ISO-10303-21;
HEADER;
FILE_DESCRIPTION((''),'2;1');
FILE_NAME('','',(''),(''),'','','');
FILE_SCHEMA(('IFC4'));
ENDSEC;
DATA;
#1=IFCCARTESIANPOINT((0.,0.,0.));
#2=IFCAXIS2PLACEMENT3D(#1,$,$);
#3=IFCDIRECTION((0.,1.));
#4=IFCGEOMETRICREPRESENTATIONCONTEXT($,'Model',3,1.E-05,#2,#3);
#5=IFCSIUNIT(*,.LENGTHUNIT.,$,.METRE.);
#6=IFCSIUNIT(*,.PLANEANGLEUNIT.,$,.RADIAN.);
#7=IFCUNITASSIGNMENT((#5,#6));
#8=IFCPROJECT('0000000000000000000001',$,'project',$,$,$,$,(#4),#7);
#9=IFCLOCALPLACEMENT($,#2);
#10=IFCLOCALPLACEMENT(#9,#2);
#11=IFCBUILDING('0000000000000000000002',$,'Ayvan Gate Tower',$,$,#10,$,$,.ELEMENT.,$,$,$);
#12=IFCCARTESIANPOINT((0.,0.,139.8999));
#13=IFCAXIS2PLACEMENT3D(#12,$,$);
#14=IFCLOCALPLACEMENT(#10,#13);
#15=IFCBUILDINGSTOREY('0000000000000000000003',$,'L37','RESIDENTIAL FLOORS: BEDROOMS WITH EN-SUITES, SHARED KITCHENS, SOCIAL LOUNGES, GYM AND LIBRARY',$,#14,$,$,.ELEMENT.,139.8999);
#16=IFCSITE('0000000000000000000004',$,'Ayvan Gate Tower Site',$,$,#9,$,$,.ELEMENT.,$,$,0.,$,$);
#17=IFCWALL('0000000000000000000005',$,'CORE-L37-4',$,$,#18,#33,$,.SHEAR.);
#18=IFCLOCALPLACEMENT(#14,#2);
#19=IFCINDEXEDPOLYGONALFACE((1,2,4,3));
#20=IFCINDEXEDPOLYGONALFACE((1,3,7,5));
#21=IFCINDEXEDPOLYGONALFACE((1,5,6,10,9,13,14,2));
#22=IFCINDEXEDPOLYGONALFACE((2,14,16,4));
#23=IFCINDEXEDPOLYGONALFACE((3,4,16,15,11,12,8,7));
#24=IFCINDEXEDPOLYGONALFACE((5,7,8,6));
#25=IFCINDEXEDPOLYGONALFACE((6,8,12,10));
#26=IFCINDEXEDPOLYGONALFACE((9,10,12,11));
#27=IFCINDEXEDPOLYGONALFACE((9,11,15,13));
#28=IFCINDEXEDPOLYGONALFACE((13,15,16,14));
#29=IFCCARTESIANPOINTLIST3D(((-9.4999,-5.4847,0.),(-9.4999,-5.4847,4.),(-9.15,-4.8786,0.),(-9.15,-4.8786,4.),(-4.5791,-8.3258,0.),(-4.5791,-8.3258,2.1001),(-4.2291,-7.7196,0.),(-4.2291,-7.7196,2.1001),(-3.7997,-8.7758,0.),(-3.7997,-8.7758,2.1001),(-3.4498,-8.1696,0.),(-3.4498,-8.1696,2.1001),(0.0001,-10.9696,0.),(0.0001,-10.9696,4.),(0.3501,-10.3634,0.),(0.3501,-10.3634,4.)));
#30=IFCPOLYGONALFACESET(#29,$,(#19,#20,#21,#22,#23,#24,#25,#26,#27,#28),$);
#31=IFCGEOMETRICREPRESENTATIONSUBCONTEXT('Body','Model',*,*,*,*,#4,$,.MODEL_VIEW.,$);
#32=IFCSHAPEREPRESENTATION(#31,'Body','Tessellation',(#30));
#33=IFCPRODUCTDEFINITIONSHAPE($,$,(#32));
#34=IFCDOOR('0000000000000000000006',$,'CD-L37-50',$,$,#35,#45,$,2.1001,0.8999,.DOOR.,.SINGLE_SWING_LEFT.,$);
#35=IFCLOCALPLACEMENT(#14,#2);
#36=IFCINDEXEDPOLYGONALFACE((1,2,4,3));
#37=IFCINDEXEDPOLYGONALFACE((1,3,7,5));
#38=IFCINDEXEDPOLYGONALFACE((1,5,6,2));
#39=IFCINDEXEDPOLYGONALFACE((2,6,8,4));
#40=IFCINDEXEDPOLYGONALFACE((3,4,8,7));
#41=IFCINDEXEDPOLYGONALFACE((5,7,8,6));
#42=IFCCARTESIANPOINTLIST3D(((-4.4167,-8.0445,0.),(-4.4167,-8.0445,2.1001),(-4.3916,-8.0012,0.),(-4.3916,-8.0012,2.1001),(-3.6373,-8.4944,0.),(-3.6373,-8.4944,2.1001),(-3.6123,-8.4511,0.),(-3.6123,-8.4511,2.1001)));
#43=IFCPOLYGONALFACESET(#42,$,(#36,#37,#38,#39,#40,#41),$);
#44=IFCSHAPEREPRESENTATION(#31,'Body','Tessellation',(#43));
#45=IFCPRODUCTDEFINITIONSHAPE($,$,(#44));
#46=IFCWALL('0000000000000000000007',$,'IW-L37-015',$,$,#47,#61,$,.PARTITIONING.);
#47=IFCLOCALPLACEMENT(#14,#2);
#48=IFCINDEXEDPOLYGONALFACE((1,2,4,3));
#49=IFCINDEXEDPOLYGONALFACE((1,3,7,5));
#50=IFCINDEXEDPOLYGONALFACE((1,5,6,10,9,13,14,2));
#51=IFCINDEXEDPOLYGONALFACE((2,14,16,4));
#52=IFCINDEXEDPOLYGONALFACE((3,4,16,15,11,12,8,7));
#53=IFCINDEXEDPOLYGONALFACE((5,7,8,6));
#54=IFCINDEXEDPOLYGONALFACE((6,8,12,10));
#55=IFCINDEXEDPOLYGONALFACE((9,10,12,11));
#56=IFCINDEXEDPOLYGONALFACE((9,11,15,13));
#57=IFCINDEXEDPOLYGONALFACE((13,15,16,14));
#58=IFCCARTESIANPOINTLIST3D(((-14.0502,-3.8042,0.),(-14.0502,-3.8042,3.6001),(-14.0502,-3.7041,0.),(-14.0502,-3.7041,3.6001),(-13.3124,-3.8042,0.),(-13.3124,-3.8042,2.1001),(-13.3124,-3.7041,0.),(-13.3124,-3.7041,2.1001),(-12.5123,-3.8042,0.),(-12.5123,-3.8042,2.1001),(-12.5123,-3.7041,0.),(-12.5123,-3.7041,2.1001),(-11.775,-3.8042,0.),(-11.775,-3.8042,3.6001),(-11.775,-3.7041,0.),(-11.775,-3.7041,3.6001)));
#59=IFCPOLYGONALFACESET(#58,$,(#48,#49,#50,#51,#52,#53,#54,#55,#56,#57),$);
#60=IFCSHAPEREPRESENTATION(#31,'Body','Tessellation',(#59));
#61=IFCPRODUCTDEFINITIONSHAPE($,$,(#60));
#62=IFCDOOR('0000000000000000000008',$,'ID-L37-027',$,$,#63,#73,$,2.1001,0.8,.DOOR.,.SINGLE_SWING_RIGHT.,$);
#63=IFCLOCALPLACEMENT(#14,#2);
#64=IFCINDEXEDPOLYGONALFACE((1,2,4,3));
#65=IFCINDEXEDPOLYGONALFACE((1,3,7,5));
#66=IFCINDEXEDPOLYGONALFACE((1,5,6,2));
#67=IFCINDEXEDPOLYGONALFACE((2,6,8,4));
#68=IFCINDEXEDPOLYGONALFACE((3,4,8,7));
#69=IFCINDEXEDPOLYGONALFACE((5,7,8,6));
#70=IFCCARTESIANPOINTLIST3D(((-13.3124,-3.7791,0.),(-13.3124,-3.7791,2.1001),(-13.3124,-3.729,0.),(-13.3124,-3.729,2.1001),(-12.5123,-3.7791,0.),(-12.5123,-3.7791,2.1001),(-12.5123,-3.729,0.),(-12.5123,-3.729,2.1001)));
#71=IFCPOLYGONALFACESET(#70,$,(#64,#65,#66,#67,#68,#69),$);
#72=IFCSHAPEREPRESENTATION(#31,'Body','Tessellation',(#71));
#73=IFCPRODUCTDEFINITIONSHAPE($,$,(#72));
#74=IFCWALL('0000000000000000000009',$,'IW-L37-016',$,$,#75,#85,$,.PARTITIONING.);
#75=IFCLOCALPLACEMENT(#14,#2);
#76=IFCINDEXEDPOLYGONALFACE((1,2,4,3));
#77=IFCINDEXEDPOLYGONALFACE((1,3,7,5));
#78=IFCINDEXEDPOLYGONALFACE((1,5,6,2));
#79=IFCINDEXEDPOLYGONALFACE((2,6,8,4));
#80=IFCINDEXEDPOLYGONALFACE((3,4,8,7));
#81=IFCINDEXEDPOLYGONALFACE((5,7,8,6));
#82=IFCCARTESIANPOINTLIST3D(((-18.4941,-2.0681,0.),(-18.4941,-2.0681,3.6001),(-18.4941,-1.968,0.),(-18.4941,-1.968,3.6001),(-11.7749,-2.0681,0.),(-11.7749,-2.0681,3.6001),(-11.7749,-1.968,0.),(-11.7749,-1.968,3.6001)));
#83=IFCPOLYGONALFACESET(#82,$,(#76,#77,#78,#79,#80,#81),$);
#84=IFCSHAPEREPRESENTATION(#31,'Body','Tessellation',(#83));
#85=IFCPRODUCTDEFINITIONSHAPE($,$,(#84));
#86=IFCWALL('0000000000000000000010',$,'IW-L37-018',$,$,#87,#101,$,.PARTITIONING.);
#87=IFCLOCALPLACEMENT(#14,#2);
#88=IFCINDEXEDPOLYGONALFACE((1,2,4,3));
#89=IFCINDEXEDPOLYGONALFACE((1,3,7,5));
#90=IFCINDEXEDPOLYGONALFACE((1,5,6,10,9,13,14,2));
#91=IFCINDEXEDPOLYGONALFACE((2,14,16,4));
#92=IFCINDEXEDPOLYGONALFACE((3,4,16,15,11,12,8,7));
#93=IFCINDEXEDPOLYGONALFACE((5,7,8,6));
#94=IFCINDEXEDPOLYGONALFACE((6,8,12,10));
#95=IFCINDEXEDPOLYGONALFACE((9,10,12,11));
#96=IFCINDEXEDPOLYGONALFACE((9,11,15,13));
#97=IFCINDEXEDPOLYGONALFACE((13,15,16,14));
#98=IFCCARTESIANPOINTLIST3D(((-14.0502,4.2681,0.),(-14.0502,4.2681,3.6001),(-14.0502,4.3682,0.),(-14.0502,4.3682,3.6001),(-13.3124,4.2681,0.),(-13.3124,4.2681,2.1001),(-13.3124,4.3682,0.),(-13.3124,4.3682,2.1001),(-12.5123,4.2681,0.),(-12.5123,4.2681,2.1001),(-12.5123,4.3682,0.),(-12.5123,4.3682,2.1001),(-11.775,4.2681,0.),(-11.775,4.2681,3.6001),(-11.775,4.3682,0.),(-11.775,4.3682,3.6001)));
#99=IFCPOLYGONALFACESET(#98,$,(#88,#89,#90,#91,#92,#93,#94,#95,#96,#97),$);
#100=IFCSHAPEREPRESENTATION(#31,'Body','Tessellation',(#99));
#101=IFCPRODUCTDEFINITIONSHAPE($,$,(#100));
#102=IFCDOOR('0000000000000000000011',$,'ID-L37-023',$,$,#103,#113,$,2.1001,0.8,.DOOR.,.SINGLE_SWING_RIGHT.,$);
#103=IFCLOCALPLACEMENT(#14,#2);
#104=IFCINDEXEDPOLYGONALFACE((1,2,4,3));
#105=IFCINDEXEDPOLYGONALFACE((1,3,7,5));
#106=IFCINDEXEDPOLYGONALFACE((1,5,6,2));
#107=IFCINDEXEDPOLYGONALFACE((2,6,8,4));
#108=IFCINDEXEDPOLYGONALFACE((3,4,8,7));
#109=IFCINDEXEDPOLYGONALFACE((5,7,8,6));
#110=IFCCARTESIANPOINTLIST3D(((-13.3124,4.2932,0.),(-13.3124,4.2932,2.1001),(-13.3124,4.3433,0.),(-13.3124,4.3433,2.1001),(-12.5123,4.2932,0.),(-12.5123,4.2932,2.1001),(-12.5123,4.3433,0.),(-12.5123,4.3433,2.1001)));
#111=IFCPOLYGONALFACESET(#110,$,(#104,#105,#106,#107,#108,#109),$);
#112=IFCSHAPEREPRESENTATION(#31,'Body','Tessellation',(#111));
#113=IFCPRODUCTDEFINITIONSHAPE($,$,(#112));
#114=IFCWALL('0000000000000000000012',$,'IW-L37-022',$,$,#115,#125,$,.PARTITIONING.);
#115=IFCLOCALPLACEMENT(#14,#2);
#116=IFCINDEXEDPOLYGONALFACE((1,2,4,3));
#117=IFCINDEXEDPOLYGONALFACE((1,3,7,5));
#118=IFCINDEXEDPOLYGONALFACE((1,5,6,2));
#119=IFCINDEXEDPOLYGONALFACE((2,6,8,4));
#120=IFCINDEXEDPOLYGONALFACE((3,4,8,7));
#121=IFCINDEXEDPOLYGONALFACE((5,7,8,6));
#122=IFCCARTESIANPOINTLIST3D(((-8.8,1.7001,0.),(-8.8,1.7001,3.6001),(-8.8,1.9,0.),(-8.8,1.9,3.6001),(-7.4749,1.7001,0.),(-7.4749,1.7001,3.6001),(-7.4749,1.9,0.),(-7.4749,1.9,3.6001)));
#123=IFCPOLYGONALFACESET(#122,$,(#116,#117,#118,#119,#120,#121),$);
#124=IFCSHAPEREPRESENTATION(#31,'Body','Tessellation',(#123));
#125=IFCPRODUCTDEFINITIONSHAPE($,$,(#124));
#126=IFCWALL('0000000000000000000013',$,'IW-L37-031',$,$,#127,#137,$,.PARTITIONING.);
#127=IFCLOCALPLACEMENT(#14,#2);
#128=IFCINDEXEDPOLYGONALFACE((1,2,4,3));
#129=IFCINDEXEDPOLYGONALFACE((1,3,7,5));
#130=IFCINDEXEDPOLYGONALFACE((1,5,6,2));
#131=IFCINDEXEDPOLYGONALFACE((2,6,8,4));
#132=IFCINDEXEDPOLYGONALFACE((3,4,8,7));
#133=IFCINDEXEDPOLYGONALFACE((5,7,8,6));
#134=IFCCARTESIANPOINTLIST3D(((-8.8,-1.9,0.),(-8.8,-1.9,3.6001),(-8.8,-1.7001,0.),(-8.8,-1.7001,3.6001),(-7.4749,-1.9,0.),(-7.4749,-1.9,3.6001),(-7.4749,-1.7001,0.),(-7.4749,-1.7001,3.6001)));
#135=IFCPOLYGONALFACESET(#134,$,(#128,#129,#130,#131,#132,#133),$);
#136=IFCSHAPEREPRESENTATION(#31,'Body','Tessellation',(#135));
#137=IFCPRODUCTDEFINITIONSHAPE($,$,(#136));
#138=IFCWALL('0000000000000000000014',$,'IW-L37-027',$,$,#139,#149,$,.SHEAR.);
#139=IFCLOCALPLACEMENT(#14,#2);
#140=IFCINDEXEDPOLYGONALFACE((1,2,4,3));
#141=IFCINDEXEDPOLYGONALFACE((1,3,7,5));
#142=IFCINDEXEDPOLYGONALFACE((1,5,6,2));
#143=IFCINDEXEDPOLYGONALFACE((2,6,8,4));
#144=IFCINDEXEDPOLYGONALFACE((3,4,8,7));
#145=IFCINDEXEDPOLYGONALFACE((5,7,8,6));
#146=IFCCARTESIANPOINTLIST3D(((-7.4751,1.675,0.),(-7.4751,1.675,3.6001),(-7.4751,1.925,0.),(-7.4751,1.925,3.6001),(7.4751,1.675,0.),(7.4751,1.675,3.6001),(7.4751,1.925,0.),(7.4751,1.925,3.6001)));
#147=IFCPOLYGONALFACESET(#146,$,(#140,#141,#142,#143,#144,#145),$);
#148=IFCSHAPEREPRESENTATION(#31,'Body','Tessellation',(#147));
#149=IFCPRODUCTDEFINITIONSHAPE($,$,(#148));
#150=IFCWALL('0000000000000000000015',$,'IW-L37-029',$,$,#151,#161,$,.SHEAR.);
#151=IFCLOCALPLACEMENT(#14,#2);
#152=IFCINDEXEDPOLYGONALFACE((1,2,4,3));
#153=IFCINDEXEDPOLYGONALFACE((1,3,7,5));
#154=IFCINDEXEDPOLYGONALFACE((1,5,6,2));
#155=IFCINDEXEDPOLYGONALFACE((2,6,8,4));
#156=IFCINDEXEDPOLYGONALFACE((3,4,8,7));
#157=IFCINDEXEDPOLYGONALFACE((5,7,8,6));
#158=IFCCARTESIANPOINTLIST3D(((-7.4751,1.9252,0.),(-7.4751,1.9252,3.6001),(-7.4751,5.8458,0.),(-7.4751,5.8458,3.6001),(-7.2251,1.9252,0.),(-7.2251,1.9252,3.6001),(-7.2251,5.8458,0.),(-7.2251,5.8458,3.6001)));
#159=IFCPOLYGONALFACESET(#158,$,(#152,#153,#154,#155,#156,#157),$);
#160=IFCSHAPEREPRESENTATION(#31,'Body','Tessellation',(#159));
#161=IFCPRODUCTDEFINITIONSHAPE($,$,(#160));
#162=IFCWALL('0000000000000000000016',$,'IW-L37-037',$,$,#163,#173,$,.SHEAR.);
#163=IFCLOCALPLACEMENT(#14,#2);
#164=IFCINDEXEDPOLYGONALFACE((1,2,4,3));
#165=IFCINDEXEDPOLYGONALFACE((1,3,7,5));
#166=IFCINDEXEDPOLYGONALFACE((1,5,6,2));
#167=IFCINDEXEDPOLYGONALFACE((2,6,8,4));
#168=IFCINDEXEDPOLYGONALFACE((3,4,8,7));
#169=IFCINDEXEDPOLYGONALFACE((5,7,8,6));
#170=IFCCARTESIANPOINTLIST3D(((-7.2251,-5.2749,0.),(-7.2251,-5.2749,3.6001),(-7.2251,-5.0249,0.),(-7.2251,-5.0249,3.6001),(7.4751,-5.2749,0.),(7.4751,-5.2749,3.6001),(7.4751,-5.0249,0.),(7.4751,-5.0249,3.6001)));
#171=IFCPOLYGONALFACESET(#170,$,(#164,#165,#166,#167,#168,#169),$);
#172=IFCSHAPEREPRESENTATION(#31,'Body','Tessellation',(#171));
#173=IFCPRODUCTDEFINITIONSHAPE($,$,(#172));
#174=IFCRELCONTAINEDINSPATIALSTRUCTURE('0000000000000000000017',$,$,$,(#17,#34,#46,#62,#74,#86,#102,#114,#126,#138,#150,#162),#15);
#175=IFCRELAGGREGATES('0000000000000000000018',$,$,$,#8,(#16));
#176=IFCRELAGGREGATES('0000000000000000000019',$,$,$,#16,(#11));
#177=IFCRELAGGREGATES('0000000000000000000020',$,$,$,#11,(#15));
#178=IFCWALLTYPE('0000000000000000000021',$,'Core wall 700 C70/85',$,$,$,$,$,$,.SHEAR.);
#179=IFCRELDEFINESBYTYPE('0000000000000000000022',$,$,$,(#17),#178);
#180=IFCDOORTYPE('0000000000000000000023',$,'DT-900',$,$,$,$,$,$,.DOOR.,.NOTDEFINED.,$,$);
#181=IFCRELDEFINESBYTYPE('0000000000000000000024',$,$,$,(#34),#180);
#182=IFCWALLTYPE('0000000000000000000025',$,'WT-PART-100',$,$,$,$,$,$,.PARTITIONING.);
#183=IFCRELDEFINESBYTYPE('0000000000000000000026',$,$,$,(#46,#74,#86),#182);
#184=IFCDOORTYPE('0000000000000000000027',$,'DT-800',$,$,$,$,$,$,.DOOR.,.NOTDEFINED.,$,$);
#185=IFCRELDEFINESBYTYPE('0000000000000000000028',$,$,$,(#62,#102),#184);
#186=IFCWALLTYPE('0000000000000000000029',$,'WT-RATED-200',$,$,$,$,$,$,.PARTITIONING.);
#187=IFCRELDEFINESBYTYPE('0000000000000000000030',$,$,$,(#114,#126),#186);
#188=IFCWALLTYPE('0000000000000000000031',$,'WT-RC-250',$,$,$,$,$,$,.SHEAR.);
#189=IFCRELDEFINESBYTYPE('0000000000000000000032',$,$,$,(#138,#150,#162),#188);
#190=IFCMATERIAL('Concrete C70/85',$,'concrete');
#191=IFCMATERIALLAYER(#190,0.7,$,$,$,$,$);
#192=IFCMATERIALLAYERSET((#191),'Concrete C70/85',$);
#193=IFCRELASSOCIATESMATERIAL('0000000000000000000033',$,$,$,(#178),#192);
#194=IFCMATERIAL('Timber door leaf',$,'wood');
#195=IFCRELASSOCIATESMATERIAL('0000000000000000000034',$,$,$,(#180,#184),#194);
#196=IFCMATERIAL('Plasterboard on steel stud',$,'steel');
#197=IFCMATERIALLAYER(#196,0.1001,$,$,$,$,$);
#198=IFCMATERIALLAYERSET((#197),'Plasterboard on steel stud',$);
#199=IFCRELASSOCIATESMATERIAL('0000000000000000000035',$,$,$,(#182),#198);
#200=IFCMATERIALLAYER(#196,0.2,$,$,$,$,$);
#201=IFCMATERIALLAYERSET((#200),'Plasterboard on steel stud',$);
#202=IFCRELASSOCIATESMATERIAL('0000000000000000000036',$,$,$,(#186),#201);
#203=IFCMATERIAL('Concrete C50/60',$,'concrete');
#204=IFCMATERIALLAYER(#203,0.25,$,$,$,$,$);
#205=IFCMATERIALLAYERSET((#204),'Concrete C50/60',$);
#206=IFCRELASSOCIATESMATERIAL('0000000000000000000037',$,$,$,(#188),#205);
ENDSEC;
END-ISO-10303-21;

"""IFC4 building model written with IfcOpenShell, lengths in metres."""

from ifc_helpers import new_model, si_unit, direction, frame, frame_2d, origin, place, context, subcontext, project, spatial, rectangle, extrude, material, layer, layer_set, type_object, element, fill, save


model = new_model("IFC4")

# Units and contexts
model_context = context("Model", 3, precision=1e-05, world=origin(), true_north=direction((0.0, 1.0)))
body_context = subcontext(model_context, "Body", "Model", "MODEL_VIEW")
ifc_project = project(units=[si_unit("LENGTHUNIT", "METRE"), si_unit("PLANEANGLEUNIT", "RADIAN")], contexts=[model_context])

# Site, building, storey
site_placement = place(None, origin())
site = spatial("IfcSite", under=ifc_project, at=site_placement, Name="Ayvan Gate Tower Site", CompositionType="ELEMENT", RefElevation=0.0)
building_placement = place(site_placement, origin())
building = spatial("IfcBuilding", under=site, at=building_placement, Name="Ayvan Gate Tower", CompositionType="ELEMENT")
storey_placement = place(building_placement, frame((0.0, 0.0, 139.8999)))
storey = spatial("IfcBuildingStorey", under=building, at=storey_placement, Name="L37", Description="RESIDENTIAL FLOORS: BEDROOMS WITH EN-SUITES, SHARED KITCHENS, SOCIAL LOUNGES, GYM AND LIBRARY", CompositionType="ELEMENT", Elevation=139.8999)

# Walls, openings, doors
ifc_material_1 = material(Name="Concrete C70/85", Category="concrete")
ifc_layer_1 = layer(ifc_material_1, 0.7)
ifc_layer_set_1 = layer_set([ifc_layer_1], Name="Concrete C70/85")
wall_type_1 = type_object("IfcWallType", Name="Core wall 700 C70/85", PredefinedType="SHEAR", material=ifc_layer_set_1)
wall_1_placement = place(storey_placement, frame((-9.325, -5.1816, 0.0), z_axis=(0.0, 0.0, 1.0), x_axis=(0.866024, -0.500002, 0.0)))
wall_1 = element("IfcWall", 1, at=wall_1_placement, inside=storey, type_object=wall_type_1, Name="CORE-L37-4", PredefinedType="SHEAR", context=body_context, shape_type="SweptSolid", body=[
    extrude(rectangle(XDim=10.9697, YDim=0.7, at=frame_2d((5.4849, 0.0))), origin(), (0.0, 0.0, 1.0), 4.0),
])
opening_1_placement = place(wall_1_placement, frame((5.6821, 0.0, 0.0)))
opening_1 = element("IfcOpeningElement", 2, at=opening_1_placement, cuts=wall_1, PredefinedType="OPENING", context=body_context, shape_type="SweptSolid", body=[
    extrude(rectangle(XDim=0.8999, YDim=2.1001, at=frame_2d((0.45, 1.05))), frame((0.0, 0.3599, 0.0), z_axis=(0.0, -1.0, 0.0), x_axis=(1.0, 0.0, 0.0)), (0.0, 0.0, 1.0), 0.72),
])
ifc_material_2 = material(Name="Timber door leaf", Category="wood")
door_type_1 = type_object("IfcDoorType", Name="DT-900", OperationType="NOTDEFINED", PredefinedType="DOOR", material=ifc_material_2)
door_1_placement = place(opening_1_placement, origin())
door_1 = element("IfcDoor", 3, at=door_1_placement, inside=storey, type_object=door_type_1, Name="CD-L37-50", OperationType="SINGLE_SWING_LEFT", OverallHeight=2.1001, OverallWidth=0.8999, PredefinedType="DOOR", context=body_context, shape_type="SweptSolid", body=[
    extrude(rectangle(XDim=0.8999, YDim=2.1001, at=frame_2d((0.45, 1.05))), frame((0.0, 0.0249, 0.0), z_axis=(0.0, -1.0, 0.0), x_axis=(1.0, 0.0, 0.0)), (0.0, 0.0, 1.0), 0.05),
])
fill(opening_1, door_1)
ifc_material_3 = material(Name="Plasterboard on steel stud", Category="steel")
ifc_layer_2 = layer(ifc_material_3, 0.1001)
ifc_layer_set_2 = layer_set([ifc_layer_2], Name="Plasterboard on steel stud")
wall_type_2 = type_object("IfcWallType", Name="WT-PART-100", PredefinedType="PARTITIONING", material=ifc_layer_set_2)
wall_2_placement = place(storey_placement, frame((-11.7749, -3.7542, 0.0), z_axis=(0.0, 0.0, 1.0), x_axis=(-1.0, 0.0, 0.0)))
wall_2 = element("IfcWall", 4, at=wall_2_placement, inside=storey, type_object=wall_type_2, Name="IW-L37-015", PredefinedType="PARTITIONING", context=body_context, shape_type="SweptSolid", body=[
    extrude(rectangle(XDim=2.2751, YDim=0.1001, at=frame_2d((1.1377, 0.0))), origin(), (0.0, 0.0, 1.0), 3.6001),
])
opening_2_placement = place(wall_2_placement, frame((0.7375, 0.0, 0.0)))
opening_2 = element("IfcOpeningElement", 5, at=opening_2_placement, cuts=wall_2, PredefinedType="OPENING", context=body_context, shape_type="SweptSolid", body=[
    extrude(rectangle(XDim=0.8, YDim=2.1001, at=frame_2d((0.3999, 1.05))), frame((0.0, 0.0601, 0.0), z_axis=(0.0, -1.0, 0.0), x_axis=(1.0, 0.0, 0.0)), (0.0, 0.0, 1.0), 0.1201),
])
door_type_2 = type_object("IfcDoorType", Name="DT-800", OperationType="NOTDEFINED", PredefinedType="DOOR", material=ifc_material_2)
door_2_placement = place(opening_2_placement, origin())
door_2 = element("IfcDoor", 6, at=door_2_placement, inside=storey, type_object=door_type_2, Name="ID-L37-027", OperationType="SINGLE_SWING_RIGHT", OverallHeight=2.1001, OverallWidth=0.8, PredefinedType="DOOR", context=body_context, shape_type="SweptSolid", body=[
    extrude(rectangle(XDim=0.8, YDim=2.1001, at=frame_2d((0.3999, 1.05))), frame((0.0, 0.0249, 0.0), z_axis=(0.0, -1.0, 0.0), x_axis=(1.0, 0.0, 0.0)), (0.0, 0.0, 1.0), 0.05),
])
fill(opening_2, door_2)

# Wall
wall_3_placement = place(storey_placement, frame((-11.7749, -2.0181, 0.0), z_axis=(0.0, 0.0, 1.0), x_axis=(-1.0, 0.0, 0.0)))
element("IfcWall", 7, at=wall_3_placement, inside=storey, type_object=wall_type_2, Name="IW-L37-016", PredefinedType="PARTITIONING", context=body_context, shape_type="SweptSolid", body=[
    extrude(rectangle(XDim=6.7192, YDim=0.1001, at=frame_2d((3.3596, 0.0))), origin(), (0.0, 0.0, 1.0), 3.6001),
])

# Wall, opening, door
wall_4_placement = place(storey_placement, frame((-11.7749, 4.3181, 0.0), z_axis=(0.0, 0.0, 1.0), x_axis=(-1.0, 0.0, 0.0)))
wall_4 = element("IfcWall", 8, at=wall_4_placement, inside=storey, type_object=wall_type_2, Name="IW-L37-018", PredefinedType="PARTITIONING", context=body_context, shape_type="SweptSolid", body=[
    extrude(rectangle(XDim=2.2751, YDim=0.1001, at=frame_2d((1.1377, 0.0))), origin(), (0.0, 0.0, 1.0), 3.6001),
])
opening_3_placement = place(wall_4_placement, frame((0.7375, 0.0, 0.0)))
opening_3 = element("IfcOpeningElement", 9, at=opening_3_placement, cuts=wall_4, PredefinedType="OPENING", context=body_context, shape_type="SweptSolid", body=[
    extrude(rectangle(XDim=0.8, YDim=2.1001, at=frame_2d((0.3999, 1.05))), frame((0.0, 0.0601, 0.0), z_axis=(0.0, -1.0, 0.0), x_axis=(1.0, 0.0, 0.0)), (0.0, 0.0, 1.0), 0.1201),
])
door_3_placement = place(opening_3_placement, origin())
door_3 = element("IfcDoor", 10, at=door_3_placement, inside=storey, type_object=door_type_2, Name="ID-L37-023", OperationType="SINGLE_SWING_RIGHT", OverallHeight=2.1001, OverallWidth=0.8, PredefinedType="DOOR", context=body_context, shape_type="SweptSolid", body=[
    extrude(rectangle(XDim=0.8, YDim=2.1001, at=frame_2d((0.3999, 1.05))), frame((0.0, 0.0249, 0.0), z_axis=(0.0, -1.0, 0.0), x_axis=(1.0, 0.0, 0.0)), (0.0, 0.0, 1.0), 0.05),
])
fill(opening_3, door_3)

# Walls
ifc_layer_3 = layer(ifc_material_3, 0.2)
ifc_layer_set_3 = layer_set([ifc_layer_3], Name="Plasterboard on steel stud")
wall_type_3 = type_object("IfcWallType", Name="WT-RATED-200", PredefinedType="PARTITIONING", material=ifc_layer_set_3)
for number, where, z_axis, x_axis, name in (
    (11, (-8.8, 1.8, 0.0), (0.0, 0.0, 1.0), (1.0, 0.0, 0.0), "IW-L37-022"),
    (12, (-7.4749, -1.8, 0.0), (0.0, 0.0, 1.0), (-1.0, 0.0, 0.0), "IW-L37-031"),
):
    element("IfcWall", number, at=place(storey_placement, frame(where, z_axis=z_axis, x_axis=x_axis)), inside=storey, type_object=wall_type_3, Name=name, PredefinedType="PARTITIONING", context=body_context, shape_type="SweptSolid", body=[
        extrude(rectangle(XDim=1.3252, YDim=0.2, at=frame_2d((0.6626, 0.0))), origin(), (0.0, 0.0, 1.0), 3.6001),
    ])
ifc_material_4 = material(Name="Concrete C50/60", Category="concrete")
ifc_layer_4 = layer(ifc_material_4, 0.25)
ifc_layer_set_4 = layer_set([ifc_layer_4], Name="Concrete C50/60")
wall_type_4 = type_object("IfcWallType", Name="WT-RC-250", PredefinedType="SHEAR", material=ifc_layer_set_4)
wall_5_placement = place(storey_placement, frame((-7.4751, 1.8, 0.0), z_axis=(0.0, 0.0, 1.0), x_axis=(1.0, 0.0, 0.0)))
element("IfcWall", 13, at=wall_5_placement, inside=storey, type_object=wall_type_4, Name="IW-L37-027", PredefinedType="SHEAR", context=body_context, shape_type="SweptSolid", body=[
    extrude(rectangle(XDim=14.9502, YDim=0.25, at=frame_2d((7.4751, 0.0))), origin(), (0.0, 0.0, 1.0), 3.6001),
])
wall_6_placement = place(storey_placement, frame((-7.3501, 1.925, 0.0), z_axis=(0.0, 0.0, 1.0), x_axis=(0.0, 1.0, 0.0)))
element("IfcWall", 14, at=wall_6_placement, inside=storey, type_object=wall_type_4, Name="IW-L37-029", PredefinedType="SHEAR", context=body_context, shape_type="SweptSolid", body=[
    extrude(rectangle(XDim=3.9207, YDim=0.25, at=frame_2d((1.9604, 0.0))), origin(), (0.0, 0.0, 1.0), 3.6001),
])
wall_7_placement = place(storey_placement, frame((-7.2251, -5.1499, 0.0), z_axis=(0.0, 0.0, 1.0), x_axis=(1.0, 0.0, 0.0)))
element("IfcWall", 15, at=wall_7_placement, inside=storey, type_object=wall_type_4, Name="IW-L37-037", PredefinedType="SHEAR", context=body_context, shape_type="SweptSolid", body=[
    extrude(rectangle(XDim=14.7002, YDim=0.25, at=frame_2d((7.3501, 0.0))), origin(), (0.0, 0.0, 1.0), 3.6001),
])

save(model, "model.ifc")
